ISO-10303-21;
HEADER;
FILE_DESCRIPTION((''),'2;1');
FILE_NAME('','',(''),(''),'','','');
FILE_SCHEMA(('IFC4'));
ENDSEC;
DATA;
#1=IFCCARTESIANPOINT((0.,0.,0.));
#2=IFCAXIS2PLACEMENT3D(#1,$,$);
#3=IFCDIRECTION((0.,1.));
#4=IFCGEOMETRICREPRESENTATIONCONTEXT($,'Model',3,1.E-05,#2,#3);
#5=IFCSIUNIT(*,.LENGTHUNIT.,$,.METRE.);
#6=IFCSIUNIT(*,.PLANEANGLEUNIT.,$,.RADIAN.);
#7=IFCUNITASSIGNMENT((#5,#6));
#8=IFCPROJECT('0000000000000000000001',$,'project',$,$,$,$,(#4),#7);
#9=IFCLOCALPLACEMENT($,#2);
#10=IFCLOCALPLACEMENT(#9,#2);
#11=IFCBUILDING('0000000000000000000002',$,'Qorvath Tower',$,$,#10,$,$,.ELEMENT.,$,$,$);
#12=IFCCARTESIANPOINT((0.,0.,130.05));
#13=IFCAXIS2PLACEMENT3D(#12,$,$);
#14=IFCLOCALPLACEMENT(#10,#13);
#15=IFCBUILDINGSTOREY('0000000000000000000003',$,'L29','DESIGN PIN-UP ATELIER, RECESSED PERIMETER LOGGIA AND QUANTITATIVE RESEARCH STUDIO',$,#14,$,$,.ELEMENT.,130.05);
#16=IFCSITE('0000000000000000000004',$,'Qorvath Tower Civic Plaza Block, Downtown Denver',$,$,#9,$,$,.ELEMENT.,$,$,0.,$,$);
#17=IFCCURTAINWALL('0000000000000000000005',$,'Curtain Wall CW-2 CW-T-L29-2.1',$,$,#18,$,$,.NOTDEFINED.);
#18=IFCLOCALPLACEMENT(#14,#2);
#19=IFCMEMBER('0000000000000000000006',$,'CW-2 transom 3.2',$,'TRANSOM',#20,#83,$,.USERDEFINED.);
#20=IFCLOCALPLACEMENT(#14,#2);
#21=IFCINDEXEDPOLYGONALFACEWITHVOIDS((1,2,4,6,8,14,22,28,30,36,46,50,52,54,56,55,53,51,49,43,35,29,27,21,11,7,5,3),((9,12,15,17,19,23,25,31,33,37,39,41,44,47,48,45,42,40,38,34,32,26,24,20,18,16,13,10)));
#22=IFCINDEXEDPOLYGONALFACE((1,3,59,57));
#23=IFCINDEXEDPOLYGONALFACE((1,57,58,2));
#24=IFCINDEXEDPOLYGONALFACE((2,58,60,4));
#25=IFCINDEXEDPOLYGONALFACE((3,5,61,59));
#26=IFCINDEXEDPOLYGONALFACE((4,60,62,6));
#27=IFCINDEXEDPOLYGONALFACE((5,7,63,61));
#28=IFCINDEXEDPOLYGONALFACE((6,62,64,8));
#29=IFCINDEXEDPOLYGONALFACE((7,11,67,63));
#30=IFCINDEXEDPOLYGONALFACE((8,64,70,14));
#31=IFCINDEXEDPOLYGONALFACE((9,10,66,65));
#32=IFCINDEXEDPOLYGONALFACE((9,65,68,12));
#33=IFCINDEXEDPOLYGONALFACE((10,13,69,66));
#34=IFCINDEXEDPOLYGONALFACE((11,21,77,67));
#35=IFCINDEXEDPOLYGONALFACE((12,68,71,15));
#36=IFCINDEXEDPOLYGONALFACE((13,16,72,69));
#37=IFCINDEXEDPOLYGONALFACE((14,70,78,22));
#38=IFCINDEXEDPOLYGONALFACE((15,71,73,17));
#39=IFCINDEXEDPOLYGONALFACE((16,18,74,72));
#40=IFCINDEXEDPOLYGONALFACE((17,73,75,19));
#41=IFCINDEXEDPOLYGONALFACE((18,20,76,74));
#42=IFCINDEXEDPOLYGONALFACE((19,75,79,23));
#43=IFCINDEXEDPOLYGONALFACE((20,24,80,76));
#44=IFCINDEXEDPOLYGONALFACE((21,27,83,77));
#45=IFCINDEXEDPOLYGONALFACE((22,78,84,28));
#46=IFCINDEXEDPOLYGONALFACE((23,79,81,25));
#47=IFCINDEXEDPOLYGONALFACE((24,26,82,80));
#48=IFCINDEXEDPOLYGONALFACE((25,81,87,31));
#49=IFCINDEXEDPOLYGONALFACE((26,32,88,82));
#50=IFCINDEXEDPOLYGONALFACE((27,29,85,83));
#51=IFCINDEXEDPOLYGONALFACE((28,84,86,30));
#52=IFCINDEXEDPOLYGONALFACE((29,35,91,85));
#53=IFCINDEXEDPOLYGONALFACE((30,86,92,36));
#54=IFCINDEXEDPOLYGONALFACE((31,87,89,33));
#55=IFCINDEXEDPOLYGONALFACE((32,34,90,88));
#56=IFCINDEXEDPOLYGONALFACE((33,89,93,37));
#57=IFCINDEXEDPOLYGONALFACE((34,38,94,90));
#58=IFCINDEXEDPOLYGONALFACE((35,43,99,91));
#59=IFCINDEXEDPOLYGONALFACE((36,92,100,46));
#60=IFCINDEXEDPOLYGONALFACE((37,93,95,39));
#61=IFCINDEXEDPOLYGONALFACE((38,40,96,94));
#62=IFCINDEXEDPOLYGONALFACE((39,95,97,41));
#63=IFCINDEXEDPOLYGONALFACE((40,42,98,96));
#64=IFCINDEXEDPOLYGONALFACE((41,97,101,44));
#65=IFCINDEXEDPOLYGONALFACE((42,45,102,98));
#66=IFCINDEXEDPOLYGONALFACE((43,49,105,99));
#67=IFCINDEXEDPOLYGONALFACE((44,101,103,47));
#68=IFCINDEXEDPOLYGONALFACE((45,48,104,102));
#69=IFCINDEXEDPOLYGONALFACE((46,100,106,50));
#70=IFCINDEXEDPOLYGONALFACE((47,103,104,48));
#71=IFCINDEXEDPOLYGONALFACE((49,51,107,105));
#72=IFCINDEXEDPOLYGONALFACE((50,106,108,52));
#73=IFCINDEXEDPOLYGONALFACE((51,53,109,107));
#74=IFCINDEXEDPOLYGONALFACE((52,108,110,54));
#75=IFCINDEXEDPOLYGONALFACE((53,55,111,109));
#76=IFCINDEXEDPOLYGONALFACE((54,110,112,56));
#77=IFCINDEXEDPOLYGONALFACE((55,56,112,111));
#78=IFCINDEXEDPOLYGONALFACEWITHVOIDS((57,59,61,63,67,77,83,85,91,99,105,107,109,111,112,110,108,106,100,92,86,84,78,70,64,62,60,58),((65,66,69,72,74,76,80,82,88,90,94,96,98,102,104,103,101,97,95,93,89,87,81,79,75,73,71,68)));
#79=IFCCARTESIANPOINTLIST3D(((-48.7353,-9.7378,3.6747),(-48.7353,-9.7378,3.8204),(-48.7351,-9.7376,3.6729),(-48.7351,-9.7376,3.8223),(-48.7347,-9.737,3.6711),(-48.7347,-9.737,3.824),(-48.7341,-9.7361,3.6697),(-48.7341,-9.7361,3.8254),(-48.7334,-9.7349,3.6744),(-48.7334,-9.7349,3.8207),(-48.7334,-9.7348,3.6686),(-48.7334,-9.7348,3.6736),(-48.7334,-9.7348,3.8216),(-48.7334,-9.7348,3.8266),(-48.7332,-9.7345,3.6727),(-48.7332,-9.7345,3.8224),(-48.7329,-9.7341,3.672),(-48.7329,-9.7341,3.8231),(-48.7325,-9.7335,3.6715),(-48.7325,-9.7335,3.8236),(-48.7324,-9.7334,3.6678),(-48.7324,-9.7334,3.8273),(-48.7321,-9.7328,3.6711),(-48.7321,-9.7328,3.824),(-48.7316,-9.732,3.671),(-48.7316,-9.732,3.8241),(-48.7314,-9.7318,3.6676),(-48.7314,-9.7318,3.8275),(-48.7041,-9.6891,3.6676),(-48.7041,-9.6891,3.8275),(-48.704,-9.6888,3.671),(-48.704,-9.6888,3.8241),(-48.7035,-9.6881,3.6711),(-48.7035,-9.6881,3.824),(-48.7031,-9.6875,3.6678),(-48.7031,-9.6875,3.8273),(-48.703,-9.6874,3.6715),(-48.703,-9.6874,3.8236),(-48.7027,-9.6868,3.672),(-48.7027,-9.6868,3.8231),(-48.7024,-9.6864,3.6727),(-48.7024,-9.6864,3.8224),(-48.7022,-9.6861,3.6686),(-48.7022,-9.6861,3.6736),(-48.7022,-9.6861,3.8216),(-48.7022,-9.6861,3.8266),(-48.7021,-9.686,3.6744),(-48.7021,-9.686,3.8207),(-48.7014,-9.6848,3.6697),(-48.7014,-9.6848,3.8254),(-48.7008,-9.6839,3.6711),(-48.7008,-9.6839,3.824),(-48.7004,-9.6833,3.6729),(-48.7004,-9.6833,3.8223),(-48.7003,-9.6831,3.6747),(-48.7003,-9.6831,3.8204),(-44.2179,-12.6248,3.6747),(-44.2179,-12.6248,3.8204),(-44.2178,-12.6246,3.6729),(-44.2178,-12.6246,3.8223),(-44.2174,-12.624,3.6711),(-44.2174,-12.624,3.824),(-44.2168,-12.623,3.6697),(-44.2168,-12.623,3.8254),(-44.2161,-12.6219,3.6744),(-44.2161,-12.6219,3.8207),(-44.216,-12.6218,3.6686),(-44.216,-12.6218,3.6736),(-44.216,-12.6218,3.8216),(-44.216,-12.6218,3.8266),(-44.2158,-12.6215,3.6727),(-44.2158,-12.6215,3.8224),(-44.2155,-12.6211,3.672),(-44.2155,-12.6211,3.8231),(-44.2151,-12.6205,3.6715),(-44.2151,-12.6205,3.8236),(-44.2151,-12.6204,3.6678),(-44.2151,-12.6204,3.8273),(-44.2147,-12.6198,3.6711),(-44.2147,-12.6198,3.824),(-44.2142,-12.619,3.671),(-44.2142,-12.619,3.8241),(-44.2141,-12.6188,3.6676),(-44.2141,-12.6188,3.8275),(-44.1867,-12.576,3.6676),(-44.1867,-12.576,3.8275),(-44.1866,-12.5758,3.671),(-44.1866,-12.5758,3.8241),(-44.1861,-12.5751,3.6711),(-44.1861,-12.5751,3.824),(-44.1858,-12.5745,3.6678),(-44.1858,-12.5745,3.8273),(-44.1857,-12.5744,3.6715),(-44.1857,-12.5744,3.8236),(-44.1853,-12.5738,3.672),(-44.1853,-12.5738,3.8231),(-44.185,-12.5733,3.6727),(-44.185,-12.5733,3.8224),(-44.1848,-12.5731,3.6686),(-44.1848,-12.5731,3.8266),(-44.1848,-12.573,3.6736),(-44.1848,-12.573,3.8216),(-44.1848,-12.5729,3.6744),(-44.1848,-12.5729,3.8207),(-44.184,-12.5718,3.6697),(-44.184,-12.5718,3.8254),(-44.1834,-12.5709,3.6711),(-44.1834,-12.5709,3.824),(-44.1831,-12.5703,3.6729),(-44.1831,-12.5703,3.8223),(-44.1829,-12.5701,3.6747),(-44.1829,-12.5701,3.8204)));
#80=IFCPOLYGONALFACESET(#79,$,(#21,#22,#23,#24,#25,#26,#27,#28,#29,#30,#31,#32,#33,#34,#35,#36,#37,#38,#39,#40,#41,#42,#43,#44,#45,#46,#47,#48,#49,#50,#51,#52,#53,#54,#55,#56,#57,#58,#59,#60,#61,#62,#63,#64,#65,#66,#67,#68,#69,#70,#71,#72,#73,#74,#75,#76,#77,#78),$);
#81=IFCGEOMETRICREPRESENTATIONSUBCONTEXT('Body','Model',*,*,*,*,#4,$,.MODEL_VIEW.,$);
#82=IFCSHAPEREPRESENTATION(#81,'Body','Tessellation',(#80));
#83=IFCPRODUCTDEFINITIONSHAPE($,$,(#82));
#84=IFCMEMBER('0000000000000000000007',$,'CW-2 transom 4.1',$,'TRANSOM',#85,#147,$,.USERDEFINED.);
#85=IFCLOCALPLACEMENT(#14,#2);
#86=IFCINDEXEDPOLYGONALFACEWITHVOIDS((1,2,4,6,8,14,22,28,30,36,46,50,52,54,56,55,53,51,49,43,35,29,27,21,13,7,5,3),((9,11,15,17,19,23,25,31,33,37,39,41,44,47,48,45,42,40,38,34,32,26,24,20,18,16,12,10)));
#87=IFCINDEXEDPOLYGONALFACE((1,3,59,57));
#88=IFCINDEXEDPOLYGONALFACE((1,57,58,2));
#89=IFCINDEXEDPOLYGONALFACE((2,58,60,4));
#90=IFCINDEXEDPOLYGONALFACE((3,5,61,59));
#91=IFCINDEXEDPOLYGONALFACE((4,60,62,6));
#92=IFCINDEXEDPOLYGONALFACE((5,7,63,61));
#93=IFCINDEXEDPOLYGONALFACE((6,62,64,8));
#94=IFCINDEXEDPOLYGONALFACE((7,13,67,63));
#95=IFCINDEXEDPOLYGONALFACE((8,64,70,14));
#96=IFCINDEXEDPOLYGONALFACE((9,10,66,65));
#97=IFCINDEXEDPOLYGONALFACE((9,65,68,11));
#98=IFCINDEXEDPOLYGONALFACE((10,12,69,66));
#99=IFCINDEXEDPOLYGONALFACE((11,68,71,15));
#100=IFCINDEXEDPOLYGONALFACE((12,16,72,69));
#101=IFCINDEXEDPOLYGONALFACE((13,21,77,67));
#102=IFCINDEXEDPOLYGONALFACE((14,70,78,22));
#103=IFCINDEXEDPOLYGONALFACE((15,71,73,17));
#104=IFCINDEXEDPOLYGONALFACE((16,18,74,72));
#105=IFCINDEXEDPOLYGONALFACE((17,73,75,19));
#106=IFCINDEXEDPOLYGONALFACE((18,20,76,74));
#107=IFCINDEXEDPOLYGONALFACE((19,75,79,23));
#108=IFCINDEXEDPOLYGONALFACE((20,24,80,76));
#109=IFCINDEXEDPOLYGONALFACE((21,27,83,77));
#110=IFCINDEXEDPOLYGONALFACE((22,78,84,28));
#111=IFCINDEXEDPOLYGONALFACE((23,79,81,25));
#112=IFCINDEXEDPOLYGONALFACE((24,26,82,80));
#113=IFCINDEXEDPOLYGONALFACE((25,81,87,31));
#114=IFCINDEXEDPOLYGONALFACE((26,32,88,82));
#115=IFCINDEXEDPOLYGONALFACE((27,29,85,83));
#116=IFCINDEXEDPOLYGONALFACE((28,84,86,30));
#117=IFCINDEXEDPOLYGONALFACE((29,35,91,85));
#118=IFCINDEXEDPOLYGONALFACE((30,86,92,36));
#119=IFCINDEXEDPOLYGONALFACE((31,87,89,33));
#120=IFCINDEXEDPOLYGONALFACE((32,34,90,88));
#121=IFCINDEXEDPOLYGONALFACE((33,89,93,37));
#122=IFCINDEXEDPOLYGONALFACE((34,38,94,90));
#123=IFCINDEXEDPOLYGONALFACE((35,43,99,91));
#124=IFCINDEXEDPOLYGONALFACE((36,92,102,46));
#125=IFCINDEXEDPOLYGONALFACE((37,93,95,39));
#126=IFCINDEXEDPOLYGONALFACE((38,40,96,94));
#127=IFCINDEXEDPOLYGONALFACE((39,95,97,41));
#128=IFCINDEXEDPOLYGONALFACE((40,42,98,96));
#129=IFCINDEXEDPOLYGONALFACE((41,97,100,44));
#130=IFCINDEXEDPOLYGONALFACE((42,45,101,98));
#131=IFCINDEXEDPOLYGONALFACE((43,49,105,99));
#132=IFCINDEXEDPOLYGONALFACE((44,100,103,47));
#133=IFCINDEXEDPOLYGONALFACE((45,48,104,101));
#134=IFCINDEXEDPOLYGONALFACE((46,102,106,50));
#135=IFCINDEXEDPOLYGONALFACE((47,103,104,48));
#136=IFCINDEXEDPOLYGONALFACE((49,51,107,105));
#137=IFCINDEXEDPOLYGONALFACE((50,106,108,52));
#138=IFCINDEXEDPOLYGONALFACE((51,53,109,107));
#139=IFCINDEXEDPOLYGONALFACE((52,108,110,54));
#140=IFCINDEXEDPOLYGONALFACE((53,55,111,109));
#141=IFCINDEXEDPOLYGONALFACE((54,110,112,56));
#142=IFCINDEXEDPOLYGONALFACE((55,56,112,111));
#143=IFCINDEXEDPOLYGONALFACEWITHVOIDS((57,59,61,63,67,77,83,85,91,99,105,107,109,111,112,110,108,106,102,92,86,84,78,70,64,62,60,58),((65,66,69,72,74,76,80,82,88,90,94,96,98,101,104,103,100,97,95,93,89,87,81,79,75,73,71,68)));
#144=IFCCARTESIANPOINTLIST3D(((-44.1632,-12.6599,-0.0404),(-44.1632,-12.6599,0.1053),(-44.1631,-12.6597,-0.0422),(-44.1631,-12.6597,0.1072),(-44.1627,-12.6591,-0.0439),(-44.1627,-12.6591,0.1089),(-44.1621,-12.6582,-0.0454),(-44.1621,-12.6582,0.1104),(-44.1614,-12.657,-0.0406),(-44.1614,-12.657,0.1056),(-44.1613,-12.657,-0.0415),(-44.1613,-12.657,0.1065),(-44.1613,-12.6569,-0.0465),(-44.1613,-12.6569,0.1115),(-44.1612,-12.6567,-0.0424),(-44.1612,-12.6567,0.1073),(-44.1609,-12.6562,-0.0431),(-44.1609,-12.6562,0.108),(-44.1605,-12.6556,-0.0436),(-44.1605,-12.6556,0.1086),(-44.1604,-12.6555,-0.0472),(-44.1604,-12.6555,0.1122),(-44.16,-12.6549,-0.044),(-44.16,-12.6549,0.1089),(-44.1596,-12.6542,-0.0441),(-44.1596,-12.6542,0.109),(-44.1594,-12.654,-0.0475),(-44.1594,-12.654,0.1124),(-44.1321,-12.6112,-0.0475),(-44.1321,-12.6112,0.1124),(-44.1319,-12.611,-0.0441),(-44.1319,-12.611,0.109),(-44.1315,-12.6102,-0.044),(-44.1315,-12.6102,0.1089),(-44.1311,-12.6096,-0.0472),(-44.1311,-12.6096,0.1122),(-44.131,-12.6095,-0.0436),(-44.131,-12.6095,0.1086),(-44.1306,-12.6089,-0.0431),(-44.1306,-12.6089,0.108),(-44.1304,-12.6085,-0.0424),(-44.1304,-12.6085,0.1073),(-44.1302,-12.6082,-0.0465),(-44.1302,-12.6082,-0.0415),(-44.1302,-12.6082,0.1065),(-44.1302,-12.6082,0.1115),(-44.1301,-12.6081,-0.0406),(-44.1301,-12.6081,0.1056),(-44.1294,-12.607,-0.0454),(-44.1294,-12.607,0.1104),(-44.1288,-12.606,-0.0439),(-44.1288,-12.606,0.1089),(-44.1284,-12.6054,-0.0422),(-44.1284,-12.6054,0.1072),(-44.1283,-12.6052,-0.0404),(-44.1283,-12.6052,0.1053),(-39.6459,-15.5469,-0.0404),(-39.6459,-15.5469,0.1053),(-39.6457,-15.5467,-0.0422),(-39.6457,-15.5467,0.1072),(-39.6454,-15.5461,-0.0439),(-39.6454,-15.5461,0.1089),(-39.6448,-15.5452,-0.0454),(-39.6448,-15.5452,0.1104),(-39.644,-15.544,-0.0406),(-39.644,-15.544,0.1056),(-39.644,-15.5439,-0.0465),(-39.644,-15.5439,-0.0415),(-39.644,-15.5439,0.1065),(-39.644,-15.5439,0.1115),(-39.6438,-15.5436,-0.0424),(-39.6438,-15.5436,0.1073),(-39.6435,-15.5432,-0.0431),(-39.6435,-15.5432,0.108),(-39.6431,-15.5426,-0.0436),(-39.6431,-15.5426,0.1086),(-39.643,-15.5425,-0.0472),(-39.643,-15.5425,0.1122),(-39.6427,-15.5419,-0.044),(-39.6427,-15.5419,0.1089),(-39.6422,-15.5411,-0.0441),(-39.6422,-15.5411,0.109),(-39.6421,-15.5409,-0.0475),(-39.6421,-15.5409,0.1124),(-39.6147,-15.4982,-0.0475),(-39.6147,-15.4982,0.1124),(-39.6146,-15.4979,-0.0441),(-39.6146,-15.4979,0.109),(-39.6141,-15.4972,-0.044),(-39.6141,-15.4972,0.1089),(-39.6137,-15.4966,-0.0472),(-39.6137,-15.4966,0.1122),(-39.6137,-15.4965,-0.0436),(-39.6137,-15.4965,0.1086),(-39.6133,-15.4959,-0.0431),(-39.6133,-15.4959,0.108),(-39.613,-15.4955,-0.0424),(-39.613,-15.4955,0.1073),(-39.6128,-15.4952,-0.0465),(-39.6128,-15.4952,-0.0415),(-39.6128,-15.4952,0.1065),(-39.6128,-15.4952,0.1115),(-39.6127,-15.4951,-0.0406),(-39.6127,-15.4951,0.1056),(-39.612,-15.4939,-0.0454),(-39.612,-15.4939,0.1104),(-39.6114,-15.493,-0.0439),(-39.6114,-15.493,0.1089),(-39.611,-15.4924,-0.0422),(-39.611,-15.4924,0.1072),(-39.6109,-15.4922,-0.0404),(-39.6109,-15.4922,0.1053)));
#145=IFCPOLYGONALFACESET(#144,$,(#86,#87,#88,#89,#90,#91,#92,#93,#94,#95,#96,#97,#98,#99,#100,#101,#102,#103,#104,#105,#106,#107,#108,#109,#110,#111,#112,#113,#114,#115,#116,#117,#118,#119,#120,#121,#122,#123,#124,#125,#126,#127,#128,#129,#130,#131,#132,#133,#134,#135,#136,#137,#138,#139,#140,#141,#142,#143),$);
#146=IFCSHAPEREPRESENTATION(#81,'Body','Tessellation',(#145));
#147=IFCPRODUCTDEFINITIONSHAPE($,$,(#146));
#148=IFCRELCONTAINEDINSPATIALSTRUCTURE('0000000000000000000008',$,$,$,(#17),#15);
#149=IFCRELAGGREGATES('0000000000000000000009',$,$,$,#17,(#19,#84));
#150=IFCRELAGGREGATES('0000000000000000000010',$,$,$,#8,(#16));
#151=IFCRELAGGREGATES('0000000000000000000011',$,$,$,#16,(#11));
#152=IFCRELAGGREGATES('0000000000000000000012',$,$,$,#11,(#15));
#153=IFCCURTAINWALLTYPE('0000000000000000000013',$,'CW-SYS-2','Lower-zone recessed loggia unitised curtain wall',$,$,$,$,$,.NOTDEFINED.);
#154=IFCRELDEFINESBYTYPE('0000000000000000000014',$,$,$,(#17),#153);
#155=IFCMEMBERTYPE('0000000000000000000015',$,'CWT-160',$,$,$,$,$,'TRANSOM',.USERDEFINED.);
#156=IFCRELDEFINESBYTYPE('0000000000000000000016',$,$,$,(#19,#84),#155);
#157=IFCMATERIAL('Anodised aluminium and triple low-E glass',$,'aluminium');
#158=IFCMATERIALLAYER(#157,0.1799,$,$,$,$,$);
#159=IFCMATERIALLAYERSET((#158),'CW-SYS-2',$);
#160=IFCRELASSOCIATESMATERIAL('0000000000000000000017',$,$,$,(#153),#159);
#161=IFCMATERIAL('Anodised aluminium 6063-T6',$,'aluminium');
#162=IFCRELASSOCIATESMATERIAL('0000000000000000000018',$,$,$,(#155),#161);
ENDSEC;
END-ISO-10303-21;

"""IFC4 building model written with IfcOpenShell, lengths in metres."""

from ifc_helpers import new_model, si_unit, direction, frame, origin, origin_2d, place, context, subcontext, project, spatial, hollow_rectangle, extrude, material, layer, layer_set, material_profile, profile_set, type_object, element, aggregate, save


model = new_model("IFC4")

# Units and contexts
model_context = context("Model", 3, precision=1e-05, world=origin(), true_north=direction((0.0, 1.0)))
body_context = subcontext(model_context, "Body", "Model", "MODEL_VIEW")
ifc_project = project(units=[si_unit("LENGTHUNIT", "METRE"), si_unit("PLANEANGLEUNIT", "RADIAN")], contexts=[model_context])

# Site, building, storey
site_placement = place(None, origin())
site = spatial("IfcSite", under=ifc_project, at=site_placement, Name="Qorvath Tower Civic Plaza Block, Downtown Denver", CompositionType="ELEMENT", RefElevation=0.0)
building_placement = place(site_placement, origin())
building = spatial("IfcBuilding", under=site, at=building_placement, Name="Qorvath Tower", CompositionType="ELEMENT")
storey_placement = place(building_placement, frame((0.0, 0.0, 130.05)))
storey = spatial("IfcBuildingStorey", under=building, at=storey_placement, Name="L29", Description="DESIGN PIN-UP ATELIER, RECESSED PERIMETER LOGGIA AND QUANTITATIVE RESEARCH STUDIO", CompositionType="ELEMENT", Elevation=130.05)

# Curtain wall, members
ifc_material_1 = material(Name="Anodised aluminium and triple low-E glass", Category="aluminium")
ifc_layer_1 = layer(ifc_material_1, 0.1799)
ifc_layer_set_1 = layer_set([ifc_layer_1], Name="CW-SYS-2")
curtain_wall_type = type_object("IfcCurtainWallType", Name="CW-SYS-2", Description="Lower-zone recessed loggia unitised curtain wall", PredefinedType="NOTDEFINED", material=ifc_layer_set_1)
curtain_wall_placement = place(storey_placement, origin())
curtain_wall = element("IfcCurtainWall", 1, at=curtain_wall_placement, inside=storey, type_object=curtain_wall_type, Name="Curtain Wall CW-2 CW-T-L29-2.1", PredefinedType="NOTDEFINED")
ifc_material_2 = material(Name="Anodised aluminium 6063-T6", Category="aluminium")
ifc_material_profile_1 = material_profile(ifc_material_2, hollow_rectangle(XDim=0.0649, YDim=0.1599, WallThickness=0.0034, InnerFilletRadius=0.0034, OuterFilletRadius=0.0071, at=origin_2d()), Name="CWT 160x65")
ifc_profile_set_1 = profile_set([ifc_material_profile_1], Name="Anodised aluminium 6063-T6")
member_type_1 = type_object("IfcMemberType", Name="CWT-160", ElementType="TRANSOM", PredefinedType="USERDEFINED", material=ifc_profile_set_1)
member_1_placement = place(storey_placement, frame((-48.7178, -9.7104, 3.7476), z_axis=(0.842621, -0.538507, 0.0), x_axis=(0.538507, 0.842621, 0.0)))
member_1 = element("IfcMember", 2, at=member_1_placement, type_object=member_type_1, Name="CW-2 transom 3.2", ObjectType="TRANSOM", PredefinedType="USERDEFINED", context=body_context, shape_type="SweptSolid", body=[
    extrude(hollow_rectangle(XDim=0.0649, YDim=0.1599, WallThickness=0.0034, InnerFilletRadius=0.0034, OuterFilletRadius=0.0071, at=origin_2d()), origin(), (0.0, 0.0, 1.0), 5.3611),
])
member_2_placement = place(storey_placement, frame((-44.1458, -12.6326, 0.0325), z_axis=(0.842621, -0.538507, 0.0), x_axis=(0.538507, 0.842621, 0.0)))
member_2 = element("IfcMember", 3, at=member_2_placement, type_object=member_type_1, Name="CW-2 transom 4.1", ObjectType="TRANSOM", PredefinedType="USERDEFINED", context=body_context, shape_type="SweptSolid", body=[
    extrude(hollow_rectangle(XDim=0.0649, YDim=0.1599, WallThickness=0.0034, InnerFilletRadius=0.0034, OuterFilletRadius=0.0071, at=origin_2d()), origin(), (0.0, 0.0, 1.0), 5.3611),
])
aggregate(curtain_wall, [member_1, member_2])

save(model, "model.ifc")
